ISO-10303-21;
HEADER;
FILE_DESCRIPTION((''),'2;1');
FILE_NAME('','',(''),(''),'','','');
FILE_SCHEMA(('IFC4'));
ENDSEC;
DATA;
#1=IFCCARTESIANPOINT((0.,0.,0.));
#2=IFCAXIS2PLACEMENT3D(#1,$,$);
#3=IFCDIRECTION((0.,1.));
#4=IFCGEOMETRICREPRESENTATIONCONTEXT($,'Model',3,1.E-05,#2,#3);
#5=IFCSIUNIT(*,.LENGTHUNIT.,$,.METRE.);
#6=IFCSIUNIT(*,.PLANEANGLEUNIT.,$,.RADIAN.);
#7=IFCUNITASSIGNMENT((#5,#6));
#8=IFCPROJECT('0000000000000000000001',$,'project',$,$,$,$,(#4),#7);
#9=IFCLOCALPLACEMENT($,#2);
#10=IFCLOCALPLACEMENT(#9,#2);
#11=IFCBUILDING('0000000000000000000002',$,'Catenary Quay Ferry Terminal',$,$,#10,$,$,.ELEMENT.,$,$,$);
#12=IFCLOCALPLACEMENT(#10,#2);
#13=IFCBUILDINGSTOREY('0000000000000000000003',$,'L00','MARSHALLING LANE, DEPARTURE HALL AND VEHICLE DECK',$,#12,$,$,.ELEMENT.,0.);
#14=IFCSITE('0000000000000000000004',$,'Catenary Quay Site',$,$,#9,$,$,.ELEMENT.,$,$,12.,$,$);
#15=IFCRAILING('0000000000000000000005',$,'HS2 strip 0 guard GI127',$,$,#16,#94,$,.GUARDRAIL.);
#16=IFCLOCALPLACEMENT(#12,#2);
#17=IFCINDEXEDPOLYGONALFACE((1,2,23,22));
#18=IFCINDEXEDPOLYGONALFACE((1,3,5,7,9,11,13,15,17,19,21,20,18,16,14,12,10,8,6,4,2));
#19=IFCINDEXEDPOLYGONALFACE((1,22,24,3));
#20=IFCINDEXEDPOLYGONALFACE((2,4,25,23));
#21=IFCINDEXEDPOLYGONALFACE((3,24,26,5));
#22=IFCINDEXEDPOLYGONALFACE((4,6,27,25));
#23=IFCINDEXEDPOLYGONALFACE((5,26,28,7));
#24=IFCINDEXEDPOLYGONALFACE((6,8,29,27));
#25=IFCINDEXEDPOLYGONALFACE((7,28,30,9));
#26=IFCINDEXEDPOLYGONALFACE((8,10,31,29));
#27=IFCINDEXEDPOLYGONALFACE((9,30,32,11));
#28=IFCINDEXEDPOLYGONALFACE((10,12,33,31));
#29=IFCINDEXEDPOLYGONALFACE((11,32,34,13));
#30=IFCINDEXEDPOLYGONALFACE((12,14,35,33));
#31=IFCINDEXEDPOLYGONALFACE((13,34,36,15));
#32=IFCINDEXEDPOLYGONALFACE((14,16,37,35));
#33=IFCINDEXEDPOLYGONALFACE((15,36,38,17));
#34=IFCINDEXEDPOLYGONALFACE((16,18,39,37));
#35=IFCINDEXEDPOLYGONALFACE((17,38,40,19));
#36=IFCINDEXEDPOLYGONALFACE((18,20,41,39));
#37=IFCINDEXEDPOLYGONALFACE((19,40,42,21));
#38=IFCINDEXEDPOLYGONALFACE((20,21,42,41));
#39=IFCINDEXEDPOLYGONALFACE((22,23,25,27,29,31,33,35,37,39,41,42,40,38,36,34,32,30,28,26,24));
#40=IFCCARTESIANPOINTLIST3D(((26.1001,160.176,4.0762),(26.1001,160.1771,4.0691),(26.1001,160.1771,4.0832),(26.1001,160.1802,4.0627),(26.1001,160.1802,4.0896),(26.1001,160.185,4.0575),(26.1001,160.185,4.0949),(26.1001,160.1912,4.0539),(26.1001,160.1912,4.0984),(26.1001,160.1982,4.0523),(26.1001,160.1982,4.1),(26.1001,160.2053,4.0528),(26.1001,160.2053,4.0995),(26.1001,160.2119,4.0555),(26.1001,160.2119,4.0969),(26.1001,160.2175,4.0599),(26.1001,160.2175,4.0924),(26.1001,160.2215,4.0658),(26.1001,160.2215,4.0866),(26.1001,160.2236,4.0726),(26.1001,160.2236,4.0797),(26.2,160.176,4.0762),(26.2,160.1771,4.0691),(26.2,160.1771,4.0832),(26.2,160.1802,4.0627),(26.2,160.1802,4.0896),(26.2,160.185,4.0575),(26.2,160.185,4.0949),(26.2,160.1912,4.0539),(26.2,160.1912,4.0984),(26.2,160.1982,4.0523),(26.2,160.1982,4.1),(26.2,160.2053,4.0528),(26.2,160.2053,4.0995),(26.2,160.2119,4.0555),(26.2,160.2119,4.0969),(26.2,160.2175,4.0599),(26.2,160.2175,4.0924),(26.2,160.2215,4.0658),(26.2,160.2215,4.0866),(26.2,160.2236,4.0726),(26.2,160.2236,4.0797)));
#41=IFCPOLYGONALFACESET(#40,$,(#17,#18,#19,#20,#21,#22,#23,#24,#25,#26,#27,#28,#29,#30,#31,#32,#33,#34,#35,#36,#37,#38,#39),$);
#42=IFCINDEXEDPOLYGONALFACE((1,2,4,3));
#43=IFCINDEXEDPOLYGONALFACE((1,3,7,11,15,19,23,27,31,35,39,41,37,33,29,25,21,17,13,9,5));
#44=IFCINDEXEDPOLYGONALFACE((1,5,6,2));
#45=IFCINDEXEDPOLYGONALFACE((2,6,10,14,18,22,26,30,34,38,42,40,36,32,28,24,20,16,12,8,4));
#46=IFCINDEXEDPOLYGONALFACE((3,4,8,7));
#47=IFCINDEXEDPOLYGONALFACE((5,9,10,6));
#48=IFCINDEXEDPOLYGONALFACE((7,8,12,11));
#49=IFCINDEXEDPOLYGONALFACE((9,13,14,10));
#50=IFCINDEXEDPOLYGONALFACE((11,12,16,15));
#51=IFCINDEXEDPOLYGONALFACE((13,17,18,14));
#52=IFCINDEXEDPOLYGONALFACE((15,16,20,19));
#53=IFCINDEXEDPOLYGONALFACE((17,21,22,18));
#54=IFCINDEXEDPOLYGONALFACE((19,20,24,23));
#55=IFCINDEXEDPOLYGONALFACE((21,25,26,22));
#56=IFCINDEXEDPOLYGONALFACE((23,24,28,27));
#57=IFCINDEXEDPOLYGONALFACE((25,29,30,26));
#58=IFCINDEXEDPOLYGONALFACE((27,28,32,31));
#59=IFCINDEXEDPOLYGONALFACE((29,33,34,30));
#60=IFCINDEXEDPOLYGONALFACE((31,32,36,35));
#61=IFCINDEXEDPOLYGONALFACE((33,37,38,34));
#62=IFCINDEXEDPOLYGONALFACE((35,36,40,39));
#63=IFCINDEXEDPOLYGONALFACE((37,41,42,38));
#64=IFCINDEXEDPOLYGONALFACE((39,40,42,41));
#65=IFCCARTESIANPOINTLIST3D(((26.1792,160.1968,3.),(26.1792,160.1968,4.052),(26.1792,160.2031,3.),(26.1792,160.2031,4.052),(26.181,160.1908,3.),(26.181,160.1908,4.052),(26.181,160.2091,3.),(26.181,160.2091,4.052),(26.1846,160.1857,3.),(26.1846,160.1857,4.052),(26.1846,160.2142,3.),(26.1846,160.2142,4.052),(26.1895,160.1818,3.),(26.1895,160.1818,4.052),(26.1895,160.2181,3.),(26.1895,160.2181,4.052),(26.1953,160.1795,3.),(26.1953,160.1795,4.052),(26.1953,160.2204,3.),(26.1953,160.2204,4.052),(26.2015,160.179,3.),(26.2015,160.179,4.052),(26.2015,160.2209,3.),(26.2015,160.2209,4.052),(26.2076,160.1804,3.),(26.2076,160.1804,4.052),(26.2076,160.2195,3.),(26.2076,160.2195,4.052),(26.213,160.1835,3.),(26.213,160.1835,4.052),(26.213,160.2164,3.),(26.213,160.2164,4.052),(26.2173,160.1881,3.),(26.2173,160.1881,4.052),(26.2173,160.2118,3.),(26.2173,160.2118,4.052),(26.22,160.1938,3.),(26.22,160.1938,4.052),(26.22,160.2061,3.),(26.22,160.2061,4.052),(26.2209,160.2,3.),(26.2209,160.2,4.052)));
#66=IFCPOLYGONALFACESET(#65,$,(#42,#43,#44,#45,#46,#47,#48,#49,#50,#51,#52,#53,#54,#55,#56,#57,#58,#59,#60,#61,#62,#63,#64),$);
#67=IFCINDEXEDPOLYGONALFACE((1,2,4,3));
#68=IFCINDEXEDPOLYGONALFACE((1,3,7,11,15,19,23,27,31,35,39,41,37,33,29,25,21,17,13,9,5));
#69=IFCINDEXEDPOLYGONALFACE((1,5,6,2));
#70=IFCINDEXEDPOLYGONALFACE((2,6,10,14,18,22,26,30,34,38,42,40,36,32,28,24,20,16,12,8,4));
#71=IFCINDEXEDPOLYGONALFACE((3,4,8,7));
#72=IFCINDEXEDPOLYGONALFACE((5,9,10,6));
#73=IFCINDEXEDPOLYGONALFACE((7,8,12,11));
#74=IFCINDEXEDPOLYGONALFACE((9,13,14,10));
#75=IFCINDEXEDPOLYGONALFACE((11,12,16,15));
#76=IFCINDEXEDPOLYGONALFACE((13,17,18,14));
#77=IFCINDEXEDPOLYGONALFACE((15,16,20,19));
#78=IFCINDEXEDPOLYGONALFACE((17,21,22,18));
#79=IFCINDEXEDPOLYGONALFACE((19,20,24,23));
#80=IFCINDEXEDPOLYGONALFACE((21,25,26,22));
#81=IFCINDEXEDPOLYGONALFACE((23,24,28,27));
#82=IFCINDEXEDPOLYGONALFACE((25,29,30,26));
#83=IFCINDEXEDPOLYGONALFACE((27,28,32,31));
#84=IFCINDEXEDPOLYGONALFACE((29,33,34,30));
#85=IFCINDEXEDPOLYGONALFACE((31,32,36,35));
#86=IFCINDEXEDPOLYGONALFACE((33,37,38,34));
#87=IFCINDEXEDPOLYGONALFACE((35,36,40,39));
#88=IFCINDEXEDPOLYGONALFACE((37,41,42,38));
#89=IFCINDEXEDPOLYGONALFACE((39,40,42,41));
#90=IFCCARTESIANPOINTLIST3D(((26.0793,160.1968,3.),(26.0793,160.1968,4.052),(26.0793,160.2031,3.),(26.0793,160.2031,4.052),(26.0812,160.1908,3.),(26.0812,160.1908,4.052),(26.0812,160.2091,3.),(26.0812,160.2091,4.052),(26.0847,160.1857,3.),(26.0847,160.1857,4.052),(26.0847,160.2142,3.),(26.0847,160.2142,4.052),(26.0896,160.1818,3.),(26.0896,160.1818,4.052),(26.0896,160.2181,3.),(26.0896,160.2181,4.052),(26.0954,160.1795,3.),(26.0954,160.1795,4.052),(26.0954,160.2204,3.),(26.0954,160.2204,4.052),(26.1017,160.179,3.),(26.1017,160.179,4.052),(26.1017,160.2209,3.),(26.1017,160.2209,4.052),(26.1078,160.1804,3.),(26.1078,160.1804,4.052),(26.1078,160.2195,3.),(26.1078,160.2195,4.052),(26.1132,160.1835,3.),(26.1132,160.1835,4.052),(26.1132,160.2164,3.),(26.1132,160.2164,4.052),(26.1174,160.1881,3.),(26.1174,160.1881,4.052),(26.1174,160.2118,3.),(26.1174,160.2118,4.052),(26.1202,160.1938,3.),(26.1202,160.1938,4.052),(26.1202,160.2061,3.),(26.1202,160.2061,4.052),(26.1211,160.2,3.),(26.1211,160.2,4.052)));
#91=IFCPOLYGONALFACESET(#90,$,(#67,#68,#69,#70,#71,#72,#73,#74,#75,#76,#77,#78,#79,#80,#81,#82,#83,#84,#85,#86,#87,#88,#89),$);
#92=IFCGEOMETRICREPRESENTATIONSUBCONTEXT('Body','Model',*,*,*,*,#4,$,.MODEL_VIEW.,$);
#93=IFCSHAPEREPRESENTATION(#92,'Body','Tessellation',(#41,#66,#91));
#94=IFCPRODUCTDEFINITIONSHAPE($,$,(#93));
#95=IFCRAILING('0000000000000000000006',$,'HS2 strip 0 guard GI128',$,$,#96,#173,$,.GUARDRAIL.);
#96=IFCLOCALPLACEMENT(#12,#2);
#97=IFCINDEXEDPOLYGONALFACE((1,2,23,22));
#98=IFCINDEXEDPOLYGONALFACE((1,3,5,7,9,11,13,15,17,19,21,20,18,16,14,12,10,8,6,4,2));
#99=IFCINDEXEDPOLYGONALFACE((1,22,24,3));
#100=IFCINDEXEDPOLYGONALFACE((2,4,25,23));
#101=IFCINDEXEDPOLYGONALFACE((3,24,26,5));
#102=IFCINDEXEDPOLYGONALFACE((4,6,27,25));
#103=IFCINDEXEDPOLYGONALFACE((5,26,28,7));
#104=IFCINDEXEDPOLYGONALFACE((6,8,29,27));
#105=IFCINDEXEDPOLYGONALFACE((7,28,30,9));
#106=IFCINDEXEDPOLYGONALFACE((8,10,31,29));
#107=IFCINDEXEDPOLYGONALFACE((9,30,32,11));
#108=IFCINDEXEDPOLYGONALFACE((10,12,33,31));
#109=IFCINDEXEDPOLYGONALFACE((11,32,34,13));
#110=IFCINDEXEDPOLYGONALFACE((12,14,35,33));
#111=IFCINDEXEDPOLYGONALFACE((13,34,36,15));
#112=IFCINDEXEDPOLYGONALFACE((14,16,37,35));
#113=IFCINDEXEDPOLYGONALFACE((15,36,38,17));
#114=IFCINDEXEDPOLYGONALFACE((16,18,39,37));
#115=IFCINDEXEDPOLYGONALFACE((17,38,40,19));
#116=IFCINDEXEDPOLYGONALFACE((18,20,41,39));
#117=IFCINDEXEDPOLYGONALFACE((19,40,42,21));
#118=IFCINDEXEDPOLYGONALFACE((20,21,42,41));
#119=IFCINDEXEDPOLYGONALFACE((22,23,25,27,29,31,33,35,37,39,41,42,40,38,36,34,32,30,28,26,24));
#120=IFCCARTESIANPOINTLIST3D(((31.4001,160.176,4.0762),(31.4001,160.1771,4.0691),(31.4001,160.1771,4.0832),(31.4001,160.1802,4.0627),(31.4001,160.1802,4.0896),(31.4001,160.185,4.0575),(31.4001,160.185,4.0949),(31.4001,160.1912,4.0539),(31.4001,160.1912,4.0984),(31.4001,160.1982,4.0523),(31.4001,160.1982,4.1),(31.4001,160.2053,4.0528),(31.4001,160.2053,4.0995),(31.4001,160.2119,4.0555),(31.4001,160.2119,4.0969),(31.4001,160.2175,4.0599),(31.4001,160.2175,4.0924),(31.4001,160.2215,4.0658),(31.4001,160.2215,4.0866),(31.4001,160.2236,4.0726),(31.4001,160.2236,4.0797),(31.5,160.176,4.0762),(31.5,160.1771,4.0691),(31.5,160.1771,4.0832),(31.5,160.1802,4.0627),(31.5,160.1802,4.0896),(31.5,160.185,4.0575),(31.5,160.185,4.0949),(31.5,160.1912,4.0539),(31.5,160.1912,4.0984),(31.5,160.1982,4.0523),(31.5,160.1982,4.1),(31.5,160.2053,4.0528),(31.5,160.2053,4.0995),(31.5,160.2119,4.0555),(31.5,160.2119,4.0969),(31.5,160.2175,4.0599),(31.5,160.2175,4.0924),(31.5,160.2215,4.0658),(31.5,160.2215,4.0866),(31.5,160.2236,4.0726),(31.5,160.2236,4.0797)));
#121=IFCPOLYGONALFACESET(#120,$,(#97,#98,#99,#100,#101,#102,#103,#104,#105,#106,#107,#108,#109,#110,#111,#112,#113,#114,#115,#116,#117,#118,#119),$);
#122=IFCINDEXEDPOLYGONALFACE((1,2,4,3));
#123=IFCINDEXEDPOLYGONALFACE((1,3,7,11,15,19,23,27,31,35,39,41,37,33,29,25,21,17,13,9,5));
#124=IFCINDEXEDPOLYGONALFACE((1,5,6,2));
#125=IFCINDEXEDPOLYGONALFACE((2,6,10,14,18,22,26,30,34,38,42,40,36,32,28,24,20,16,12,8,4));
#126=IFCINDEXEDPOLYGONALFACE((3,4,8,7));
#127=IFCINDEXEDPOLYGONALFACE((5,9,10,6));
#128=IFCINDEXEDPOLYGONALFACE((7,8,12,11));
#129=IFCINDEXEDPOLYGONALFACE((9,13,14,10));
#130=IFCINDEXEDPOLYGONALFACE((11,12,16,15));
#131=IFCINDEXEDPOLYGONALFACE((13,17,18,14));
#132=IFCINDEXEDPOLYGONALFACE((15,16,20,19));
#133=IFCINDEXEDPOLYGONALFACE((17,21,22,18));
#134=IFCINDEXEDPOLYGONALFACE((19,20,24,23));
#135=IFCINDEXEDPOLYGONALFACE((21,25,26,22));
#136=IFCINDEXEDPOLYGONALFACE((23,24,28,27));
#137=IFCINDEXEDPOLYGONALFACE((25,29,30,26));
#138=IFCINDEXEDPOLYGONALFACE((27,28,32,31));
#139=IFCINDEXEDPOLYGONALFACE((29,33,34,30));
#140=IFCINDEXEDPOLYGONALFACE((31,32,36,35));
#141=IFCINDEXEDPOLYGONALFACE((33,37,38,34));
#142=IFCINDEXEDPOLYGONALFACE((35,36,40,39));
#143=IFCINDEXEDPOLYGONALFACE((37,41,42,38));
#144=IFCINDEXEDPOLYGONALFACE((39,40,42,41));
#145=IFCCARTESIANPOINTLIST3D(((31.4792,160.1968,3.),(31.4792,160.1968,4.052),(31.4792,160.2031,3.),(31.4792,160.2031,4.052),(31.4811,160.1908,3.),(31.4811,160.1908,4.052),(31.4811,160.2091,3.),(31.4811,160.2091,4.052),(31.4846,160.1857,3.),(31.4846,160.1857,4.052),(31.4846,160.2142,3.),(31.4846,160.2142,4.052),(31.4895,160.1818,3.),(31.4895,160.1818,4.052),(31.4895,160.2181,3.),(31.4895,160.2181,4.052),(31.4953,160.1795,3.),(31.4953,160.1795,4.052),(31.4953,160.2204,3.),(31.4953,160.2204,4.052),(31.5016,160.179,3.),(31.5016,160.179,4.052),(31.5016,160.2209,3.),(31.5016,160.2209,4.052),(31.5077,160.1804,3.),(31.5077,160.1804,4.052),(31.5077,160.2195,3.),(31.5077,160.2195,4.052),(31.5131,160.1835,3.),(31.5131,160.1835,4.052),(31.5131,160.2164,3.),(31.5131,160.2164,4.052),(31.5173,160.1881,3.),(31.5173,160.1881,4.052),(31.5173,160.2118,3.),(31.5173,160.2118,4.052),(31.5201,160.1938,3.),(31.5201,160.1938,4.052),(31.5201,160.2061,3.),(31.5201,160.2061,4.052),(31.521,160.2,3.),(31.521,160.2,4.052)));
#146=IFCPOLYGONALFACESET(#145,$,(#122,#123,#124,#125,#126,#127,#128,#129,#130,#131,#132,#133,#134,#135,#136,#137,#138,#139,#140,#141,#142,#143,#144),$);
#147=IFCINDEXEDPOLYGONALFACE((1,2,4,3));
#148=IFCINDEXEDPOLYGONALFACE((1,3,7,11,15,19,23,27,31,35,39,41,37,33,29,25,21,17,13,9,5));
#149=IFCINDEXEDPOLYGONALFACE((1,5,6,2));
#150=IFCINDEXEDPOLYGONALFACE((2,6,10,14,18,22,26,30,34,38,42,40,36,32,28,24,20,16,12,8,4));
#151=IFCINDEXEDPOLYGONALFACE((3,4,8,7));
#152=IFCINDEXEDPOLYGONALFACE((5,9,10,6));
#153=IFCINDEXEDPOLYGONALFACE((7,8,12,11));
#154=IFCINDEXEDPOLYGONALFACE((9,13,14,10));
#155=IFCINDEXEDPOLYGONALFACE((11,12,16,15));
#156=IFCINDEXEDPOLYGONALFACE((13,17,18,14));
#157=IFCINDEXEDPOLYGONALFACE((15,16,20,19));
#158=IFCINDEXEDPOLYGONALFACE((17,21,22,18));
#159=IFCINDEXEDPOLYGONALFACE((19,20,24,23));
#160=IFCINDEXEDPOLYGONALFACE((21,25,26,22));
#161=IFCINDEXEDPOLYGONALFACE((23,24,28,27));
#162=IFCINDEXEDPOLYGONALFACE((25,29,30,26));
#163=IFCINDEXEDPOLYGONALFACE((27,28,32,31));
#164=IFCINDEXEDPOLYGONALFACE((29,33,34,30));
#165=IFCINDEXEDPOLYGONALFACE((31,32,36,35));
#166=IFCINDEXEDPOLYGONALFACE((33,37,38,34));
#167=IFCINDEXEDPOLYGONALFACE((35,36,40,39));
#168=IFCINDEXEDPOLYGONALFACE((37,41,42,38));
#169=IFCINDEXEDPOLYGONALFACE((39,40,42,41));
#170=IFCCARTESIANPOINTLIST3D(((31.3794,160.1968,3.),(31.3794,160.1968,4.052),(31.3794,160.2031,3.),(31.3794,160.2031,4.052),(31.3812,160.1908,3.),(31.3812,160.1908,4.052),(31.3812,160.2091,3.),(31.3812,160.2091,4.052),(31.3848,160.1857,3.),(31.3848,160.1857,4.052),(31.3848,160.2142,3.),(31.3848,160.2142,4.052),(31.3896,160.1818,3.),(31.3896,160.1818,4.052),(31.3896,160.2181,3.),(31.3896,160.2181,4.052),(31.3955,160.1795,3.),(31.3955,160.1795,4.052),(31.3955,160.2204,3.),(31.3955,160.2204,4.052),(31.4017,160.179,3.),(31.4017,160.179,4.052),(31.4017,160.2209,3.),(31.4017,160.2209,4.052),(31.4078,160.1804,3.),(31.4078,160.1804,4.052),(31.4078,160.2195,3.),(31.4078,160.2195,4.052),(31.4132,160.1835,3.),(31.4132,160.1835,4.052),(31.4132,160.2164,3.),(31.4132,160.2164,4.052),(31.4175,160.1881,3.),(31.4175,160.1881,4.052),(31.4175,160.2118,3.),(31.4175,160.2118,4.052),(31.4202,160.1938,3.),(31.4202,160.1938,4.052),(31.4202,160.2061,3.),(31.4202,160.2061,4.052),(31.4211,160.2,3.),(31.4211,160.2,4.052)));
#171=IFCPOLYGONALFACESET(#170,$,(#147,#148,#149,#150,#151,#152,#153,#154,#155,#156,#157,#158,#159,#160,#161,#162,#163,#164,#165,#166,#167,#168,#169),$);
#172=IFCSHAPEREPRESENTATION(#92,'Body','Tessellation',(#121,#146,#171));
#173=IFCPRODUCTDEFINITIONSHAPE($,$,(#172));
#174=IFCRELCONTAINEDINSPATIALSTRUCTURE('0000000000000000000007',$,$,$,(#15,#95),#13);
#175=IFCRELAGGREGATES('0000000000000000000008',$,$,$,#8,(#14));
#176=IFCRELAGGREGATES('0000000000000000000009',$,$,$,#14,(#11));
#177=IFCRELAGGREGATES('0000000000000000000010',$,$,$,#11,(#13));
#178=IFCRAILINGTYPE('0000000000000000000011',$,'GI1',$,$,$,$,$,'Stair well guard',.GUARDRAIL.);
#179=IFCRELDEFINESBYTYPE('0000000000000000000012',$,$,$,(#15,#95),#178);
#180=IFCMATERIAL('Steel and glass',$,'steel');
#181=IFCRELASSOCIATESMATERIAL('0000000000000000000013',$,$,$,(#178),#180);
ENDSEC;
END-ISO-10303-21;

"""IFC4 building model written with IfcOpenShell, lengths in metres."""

from ifc_helpers import new_model, si_unit, direction, frame, origin, origin_2d, place, context, subcontext, project, spatial, circle, extrude, material, type_object, element, save


model = new_model("IFC4")

# Units and contexts
model_context = context("Model", 3, precision=1e-05, world=origin(), true_north=direction((0.0, 1.0)))
body_context = subcontext(model_context, "Body", "Model", "MODEL_VIEW")
ifc_project = project(units=[si_unit("LENGTHUNIT", "METRE"), si_unit("PLANEANGLEUNIT", "RADIAN")], contexts=[model_context])

# Site, building, storey
site_placement = place(None, origin())
site = spatial("IfcSite", under=ifc_project, at=site_placement, Name="Catenary Quay Site", CompositionType="ELEMENT", RefElevation=12.0)
building_placement = place(site_placement, origin())
building = spatial("IfcBuilding", under=site, at=building_placement, Name="Catenary Quay Ferry Terminal", CompositionType="ELEMENT")
storey_placement = place(building_placement, origin())
storey = spatial("IfcBuildingStorey", under=building, at=storey_placement, Name="L00", Description="MARSHALLING LANE, DEPARTURE HALL AND VEHICLE DECK", CompositionType="ELEMENT", Elevation=0.0)

# Railings
ifc_material_1 = material(Name="Steel and glass", Category="steel")
railing_type_1 = type_object("IfcRailingType", Name="GI1", ElementType="Stair well guard", PredefinedType="GUARDRAIL", material=ifc_material_1)
for number, where, name in (
    (1, (26.2, 160.2, 3.0), "HS2 strip 0 guard GI127"),
    (2, (31.5, 160.2, 3.0), "HS2 strip 0 guard GI128"),
):
    element("IfcRailing", number, at=place(storey_placement, frame(where)), inside=storey, type_object=railing_type_1, Name=name, PredefinedType="GUARDRAIL", context=body_context, shape_type="SweptSolid", body=[
        extrude(circle(Radius=0.0239, at=origin_2d()), frame((0.0, 0.0, 1.0762), z_axis=(-1.0, 0.0, 0.0), x_axis=(0.0, -1.0, 0.0)), (0.0, 0.0, 1.0), 0.0999),
        extrude(circle(Radius=0.021, at=origin_2d()), origin(), (0.0, 0.0, 1.0), 1.052),
        extrude(circle(Radius=0.021, at=origin_2d()), frame((-0.0999, 0.0, 0.0)), (0.0, 0.0, 1.0), 1.052),
    ])

save(model, "model.ifc")
